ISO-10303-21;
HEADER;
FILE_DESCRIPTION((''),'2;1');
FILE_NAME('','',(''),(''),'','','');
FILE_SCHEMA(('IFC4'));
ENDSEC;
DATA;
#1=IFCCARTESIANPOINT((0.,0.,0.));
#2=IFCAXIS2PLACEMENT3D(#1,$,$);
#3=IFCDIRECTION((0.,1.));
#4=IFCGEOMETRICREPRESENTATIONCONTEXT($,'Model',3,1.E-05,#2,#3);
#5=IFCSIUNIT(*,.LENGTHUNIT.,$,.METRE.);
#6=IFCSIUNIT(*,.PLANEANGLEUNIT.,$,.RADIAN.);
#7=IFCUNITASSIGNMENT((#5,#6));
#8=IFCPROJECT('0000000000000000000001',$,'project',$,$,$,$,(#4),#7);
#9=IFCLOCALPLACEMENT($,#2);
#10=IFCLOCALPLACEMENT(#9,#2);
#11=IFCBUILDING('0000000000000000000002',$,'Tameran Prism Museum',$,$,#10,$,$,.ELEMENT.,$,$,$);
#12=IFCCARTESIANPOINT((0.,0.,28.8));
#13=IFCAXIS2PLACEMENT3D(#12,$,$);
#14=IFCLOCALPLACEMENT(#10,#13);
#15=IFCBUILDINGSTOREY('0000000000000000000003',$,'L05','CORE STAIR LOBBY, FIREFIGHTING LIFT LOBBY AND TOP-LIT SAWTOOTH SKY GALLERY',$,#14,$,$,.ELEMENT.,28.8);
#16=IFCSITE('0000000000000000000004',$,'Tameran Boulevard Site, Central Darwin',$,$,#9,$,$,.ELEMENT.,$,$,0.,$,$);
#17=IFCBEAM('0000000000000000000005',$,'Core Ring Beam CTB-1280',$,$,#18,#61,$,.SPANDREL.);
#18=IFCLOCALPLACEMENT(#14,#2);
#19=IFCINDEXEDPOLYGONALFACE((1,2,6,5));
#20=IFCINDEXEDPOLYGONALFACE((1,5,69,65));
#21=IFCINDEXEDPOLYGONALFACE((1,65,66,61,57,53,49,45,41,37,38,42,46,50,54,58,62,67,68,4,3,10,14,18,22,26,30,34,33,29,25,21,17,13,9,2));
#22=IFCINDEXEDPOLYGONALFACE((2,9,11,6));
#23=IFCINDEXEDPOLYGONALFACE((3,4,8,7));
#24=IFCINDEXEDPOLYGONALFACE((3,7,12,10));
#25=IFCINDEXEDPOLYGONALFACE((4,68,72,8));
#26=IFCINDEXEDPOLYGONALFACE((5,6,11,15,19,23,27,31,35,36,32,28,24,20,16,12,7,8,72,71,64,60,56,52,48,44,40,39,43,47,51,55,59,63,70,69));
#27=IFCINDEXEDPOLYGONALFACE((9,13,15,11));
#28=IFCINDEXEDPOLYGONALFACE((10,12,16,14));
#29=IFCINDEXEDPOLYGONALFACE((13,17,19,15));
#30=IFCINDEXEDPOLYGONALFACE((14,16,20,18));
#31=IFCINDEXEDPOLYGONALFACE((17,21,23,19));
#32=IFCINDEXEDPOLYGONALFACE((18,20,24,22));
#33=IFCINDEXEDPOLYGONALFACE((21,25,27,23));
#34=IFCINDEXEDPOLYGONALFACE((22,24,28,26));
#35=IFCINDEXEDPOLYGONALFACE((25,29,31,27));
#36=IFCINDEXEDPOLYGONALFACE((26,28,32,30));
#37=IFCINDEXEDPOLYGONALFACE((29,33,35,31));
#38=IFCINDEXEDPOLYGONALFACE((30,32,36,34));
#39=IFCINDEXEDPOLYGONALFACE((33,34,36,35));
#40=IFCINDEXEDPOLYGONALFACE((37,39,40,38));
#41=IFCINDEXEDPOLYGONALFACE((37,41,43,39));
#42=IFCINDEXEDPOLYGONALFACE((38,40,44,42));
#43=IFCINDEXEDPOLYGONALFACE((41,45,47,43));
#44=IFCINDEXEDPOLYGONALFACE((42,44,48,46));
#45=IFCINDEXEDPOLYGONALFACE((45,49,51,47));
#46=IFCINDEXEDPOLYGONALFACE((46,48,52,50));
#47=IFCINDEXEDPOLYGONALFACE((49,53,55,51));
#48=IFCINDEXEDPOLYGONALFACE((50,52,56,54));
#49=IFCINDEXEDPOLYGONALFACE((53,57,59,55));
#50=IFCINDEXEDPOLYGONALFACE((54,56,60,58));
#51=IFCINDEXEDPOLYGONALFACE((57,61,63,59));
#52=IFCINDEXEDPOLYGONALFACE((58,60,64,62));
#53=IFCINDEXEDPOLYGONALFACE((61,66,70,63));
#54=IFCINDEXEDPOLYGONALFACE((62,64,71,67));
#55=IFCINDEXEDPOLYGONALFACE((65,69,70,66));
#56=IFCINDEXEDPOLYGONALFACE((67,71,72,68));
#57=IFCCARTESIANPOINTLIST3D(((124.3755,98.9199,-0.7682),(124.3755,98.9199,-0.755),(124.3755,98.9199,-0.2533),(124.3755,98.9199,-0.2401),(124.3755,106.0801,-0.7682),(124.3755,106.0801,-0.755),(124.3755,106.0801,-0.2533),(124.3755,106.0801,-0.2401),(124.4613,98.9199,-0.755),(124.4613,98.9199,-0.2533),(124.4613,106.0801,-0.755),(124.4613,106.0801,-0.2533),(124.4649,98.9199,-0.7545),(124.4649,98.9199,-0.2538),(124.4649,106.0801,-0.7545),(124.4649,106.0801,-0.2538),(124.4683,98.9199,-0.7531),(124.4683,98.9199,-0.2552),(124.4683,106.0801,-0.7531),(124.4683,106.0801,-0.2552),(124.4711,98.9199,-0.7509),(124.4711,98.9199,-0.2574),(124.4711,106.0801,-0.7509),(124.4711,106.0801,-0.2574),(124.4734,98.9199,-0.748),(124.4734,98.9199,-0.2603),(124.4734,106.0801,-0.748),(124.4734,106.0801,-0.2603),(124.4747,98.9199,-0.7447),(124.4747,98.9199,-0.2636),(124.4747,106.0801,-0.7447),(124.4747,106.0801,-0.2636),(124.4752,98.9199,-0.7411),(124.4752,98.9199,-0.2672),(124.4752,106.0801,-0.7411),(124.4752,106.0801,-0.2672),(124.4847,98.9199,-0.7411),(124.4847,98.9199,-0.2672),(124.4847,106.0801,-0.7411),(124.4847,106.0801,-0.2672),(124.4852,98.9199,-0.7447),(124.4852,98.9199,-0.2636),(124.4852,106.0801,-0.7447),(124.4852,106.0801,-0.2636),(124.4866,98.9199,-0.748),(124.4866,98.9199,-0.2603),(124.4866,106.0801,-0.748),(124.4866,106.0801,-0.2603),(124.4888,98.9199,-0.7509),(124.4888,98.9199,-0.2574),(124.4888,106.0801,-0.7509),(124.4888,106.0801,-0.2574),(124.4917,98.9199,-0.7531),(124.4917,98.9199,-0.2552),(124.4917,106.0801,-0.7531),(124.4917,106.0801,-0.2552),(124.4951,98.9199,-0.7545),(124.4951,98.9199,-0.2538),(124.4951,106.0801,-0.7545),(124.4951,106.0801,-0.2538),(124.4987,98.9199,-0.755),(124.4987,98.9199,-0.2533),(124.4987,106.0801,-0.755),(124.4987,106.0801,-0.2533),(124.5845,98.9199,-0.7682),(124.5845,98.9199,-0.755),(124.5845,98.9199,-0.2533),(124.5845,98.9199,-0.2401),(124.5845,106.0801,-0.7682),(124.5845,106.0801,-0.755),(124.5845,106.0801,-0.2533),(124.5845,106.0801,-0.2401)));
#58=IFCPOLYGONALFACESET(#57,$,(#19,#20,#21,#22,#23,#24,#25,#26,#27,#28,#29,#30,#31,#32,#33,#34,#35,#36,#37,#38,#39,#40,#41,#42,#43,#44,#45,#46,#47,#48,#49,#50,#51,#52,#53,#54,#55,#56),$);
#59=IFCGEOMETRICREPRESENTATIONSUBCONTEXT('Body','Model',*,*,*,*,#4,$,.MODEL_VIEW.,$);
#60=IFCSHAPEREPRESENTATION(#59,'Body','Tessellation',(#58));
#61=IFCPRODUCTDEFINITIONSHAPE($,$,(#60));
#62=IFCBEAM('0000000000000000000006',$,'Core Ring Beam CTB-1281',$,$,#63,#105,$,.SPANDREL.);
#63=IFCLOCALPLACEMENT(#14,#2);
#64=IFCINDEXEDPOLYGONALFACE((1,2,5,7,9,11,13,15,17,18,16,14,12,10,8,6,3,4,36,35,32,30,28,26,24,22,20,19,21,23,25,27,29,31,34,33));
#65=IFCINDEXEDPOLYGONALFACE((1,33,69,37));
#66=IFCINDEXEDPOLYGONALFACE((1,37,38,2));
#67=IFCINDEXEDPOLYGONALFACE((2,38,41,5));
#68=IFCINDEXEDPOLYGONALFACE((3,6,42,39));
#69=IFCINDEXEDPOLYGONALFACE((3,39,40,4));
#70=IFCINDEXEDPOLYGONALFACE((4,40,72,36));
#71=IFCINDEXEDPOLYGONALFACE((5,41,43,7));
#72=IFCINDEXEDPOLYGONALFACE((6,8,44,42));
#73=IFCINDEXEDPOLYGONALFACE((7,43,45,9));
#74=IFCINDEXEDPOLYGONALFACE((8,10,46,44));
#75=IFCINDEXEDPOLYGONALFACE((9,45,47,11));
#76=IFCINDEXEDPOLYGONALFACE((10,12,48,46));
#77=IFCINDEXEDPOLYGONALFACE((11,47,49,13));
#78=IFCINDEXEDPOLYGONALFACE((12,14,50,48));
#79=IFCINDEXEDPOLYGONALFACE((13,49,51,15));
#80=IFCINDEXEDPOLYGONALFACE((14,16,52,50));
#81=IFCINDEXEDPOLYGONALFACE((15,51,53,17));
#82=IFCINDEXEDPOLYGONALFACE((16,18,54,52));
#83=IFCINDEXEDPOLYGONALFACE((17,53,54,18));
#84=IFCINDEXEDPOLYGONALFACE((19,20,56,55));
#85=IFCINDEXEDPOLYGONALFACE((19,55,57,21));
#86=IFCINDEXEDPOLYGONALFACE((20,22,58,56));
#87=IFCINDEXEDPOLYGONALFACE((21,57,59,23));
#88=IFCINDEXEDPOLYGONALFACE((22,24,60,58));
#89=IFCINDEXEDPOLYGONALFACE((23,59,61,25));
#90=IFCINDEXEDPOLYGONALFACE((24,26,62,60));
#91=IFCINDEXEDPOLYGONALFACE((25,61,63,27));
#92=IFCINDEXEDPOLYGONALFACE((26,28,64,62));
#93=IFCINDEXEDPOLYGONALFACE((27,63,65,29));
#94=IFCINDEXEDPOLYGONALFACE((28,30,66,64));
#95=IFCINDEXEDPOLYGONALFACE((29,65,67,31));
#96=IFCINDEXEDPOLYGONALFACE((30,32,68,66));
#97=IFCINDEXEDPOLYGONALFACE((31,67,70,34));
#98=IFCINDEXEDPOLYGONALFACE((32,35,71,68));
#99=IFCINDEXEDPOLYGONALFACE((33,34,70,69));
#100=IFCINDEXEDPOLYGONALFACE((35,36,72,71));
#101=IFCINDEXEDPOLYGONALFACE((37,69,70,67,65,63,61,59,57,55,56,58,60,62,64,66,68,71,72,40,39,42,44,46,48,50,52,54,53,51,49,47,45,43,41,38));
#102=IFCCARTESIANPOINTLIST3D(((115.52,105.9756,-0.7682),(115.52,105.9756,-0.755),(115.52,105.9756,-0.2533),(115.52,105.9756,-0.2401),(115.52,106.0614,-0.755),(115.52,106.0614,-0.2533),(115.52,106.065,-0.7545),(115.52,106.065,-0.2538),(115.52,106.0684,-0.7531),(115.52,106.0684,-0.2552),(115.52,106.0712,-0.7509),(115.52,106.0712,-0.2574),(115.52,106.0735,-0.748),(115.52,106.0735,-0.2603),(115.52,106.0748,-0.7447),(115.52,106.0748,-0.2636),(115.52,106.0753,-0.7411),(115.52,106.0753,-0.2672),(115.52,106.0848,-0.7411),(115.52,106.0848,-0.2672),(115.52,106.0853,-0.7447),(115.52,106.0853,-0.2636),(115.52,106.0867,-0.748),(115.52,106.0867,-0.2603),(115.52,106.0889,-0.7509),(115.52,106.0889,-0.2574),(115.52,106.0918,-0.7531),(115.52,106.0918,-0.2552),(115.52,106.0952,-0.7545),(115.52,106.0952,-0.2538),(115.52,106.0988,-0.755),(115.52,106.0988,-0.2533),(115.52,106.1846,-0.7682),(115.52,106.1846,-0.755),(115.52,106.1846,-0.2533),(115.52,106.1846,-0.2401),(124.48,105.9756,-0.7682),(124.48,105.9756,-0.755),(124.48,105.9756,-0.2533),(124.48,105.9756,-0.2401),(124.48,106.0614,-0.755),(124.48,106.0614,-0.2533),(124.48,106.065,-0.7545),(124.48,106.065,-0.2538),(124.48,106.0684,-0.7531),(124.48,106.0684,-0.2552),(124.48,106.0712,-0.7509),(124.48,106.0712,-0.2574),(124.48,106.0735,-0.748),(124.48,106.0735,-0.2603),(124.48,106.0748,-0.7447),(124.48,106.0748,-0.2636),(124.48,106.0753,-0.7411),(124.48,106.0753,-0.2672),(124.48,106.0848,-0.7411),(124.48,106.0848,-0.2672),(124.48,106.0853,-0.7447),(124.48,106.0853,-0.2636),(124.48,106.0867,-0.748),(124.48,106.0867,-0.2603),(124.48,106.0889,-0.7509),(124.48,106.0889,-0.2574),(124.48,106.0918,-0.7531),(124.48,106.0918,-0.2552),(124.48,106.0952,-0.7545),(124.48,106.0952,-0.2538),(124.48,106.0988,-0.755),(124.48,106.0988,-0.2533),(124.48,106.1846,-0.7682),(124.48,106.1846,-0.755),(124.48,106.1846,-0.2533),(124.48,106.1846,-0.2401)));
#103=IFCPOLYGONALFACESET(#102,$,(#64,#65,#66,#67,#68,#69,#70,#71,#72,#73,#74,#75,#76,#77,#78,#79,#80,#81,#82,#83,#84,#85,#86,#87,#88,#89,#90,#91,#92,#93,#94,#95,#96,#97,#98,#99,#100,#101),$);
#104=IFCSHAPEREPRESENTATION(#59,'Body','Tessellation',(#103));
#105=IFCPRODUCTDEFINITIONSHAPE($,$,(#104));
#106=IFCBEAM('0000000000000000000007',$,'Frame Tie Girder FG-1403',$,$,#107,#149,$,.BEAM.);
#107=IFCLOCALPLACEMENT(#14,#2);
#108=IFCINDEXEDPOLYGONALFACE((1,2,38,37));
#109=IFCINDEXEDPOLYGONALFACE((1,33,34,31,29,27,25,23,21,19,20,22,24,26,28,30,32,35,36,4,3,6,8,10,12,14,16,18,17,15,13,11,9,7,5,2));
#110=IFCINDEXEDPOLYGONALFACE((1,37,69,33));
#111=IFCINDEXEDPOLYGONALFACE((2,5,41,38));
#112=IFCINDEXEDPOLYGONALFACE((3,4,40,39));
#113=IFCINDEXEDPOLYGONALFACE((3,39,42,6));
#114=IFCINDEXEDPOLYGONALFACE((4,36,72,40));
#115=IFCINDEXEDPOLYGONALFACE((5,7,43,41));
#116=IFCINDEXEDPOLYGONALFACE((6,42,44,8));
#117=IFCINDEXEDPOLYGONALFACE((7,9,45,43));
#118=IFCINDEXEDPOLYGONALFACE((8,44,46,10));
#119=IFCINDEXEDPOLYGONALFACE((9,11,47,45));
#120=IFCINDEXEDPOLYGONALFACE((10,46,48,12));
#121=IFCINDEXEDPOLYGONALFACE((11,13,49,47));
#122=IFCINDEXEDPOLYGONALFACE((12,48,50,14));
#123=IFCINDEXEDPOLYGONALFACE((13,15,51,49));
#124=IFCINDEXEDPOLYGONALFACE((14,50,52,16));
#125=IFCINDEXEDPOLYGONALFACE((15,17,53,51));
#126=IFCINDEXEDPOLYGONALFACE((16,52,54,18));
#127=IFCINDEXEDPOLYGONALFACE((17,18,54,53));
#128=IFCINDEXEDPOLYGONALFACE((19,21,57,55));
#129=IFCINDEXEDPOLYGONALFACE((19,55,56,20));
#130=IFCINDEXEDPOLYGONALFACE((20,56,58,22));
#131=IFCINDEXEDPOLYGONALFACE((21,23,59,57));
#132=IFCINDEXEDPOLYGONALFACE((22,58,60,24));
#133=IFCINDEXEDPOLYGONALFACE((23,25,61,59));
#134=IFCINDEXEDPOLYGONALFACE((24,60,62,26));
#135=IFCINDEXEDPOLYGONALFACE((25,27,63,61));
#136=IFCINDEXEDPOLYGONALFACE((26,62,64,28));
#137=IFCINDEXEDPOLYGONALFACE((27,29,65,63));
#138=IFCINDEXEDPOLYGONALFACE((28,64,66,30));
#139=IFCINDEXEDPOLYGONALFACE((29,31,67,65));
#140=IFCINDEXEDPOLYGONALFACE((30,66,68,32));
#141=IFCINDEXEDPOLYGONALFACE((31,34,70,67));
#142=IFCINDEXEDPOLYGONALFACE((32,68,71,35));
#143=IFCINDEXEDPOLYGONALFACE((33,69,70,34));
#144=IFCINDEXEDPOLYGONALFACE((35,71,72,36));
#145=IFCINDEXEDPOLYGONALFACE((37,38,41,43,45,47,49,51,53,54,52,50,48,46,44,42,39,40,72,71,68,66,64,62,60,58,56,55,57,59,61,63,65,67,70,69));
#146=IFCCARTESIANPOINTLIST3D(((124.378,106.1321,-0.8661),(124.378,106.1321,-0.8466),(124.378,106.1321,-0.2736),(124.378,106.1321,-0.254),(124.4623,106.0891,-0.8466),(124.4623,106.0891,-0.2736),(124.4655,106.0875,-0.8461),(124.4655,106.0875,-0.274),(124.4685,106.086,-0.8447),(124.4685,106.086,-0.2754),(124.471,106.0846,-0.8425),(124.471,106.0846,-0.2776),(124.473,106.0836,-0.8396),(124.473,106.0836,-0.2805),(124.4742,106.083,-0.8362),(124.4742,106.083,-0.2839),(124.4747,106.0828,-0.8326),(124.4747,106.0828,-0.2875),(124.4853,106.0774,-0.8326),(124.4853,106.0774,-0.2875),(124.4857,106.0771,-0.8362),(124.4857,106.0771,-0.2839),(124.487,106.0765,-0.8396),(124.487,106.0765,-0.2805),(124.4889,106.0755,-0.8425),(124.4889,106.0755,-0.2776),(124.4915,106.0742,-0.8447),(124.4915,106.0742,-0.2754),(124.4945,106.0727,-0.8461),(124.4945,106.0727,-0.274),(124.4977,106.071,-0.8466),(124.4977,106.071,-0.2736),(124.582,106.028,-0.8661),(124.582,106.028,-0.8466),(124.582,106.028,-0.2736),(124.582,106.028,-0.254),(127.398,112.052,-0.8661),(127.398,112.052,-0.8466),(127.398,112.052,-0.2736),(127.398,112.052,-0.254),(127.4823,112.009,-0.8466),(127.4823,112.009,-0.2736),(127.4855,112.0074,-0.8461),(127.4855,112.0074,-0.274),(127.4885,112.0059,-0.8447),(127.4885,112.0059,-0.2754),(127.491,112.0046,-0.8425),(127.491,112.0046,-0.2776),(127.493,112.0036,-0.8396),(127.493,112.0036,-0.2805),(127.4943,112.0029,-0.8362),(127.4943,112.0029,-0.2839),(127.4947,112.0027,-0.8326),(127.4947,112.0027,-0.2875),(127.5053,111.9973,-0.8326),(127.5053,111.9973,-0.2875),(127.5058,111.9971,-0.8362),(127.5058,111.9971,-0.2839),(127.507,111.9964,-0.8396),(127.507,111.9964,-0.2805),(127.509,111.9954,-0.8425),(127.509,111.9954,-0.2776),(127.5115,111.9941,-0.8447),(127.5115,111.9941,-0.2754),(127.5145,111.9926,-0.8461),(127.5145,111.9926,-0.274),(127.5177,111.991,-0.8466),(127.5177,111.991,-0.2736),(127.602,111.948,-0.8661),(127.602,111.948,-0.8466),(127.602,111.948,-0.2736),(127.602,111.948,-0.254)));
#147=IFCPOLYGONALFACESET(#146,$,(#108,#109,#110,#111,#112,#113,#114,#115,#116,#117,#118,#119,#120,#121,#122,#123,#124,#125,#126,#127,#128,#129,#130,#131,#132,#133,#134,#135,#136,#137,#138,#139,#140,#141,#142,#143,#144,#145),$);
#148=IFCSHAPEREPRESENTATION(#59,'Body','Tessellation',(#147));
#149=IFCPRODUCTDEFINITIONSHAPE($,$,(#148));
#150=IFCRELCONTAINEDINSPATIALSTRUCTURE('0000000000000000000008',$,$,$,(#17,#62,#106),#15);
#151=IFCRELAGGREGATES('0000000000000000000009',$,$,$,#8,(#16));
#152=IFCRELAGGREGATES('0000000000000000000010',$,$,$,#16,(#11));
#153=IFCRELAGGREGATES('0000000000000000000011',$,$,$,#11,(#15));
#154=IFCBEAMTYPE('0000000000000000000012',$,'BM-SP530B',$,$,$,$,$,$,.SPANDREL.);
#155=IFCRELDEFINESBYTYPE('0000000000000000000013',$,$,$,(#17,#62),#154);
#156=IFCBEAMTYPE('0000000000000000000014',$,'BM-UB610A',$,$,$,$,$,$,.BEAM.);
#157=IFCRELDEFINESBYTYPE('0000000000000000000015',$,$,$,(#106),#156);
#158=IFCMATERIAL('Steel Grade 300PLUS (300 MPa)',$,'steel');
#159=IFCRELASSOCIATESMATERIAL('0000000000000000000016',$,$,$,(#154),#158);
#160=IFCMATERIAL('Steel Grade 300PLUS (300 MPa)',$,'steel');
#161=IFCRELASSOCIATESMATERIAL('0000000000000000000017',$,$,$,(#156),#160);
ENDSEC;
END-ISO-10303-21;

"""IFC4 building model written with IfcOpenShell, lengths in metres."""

from ifc_helpers import new_model, si_unit, direction, frame, origin, origin_2d, place, context, subcontext, project, spatial, i_section, extrude, material, material_profile, profile_set, type_object, element, save


model = new_model("IFC4")

# Units and contexts
model_context = context("Model", 3, precision=1e-05, world=origin(), true_north=direction((0.0, 1.0)))
body_context = subcontext(model_context, "Body", "Model", "MODEL_VIEW")
ifc_project = project(units=[si_unit("LENGTHUNIT", "METRE"), si_unit("PLANEANGLEUNIT", "RADIAN")], contexts=[model_context])

# Site, building, storey
site_placement = place(None, origin())
site = spatial("IfcSite", under=ifc_project, at=site_placement, Name="Tameran Boulevard Site, Central Darwin", CompositionType="ELEMENT", RefElevation=0.0)
building_placement = place(site_placement, origin())
building = spatial("IfcBuilding", under=site, at=building_placement, Name="Tameran Prism Museum", CompositionType="ELEMENT")
storey_placement = place(building_placement, frame((0.0, 0.0, 28.8)))
storey = spatial("IfcBuildingStorey", under=building, at=storey_placement, Name="L05", Description="CORE STAIR LOBBY, FIREFIGHTING LIFT LOBBY AND TOP-LIT SAWTOOTH SKY GALLERY", CompositionType="ELEMENT", Elevation=28.8)

# Beams
ifc_material_1 = material(Name="Steel Grade 300PLUS (300 MPa)", Category="steel")
ifc_material_profile_1 = material_profile(ifc_material_1, i_section(OverallWidth=0.209, OverallDepth=0.5281, WebThickness=0.0095, FlangeThickness=0.0132, FilletRadius=0.0139, at=origin_2d()))
ifc_profile_set_1 = profile_set([ifc_material_profile_1])
beam_type_1 = type_object("IfcBeamType", Name="BM-SP530B", PredefinedType="SPANDREL", material=ifc_profile_set_1)
beam_1_placement = place(storey_placement, frame((124.48, 98.9199, -0.5042), z_axis=(0.0, 1.0, 0.0), x_axis=(-1.0, 0.0, 0.0)))
element("IfcBeam", 1, at=beam_1_placement, inside=storey, type_object=beam_type_1, Name="Core Ring Beam CTB-1280", PredefinedType="SPANDREL", context=body_context, shape_type="SweptSolid", body=[
    extrude(i_section(OverallWidth=0.209, OverallDepth=0.5281, WebThickness=0.0095, FlangeThickness=0.0132, FilletRadius=0.0139, at=origin_2d()), origin(), (0.0, 0.0, 1.0), 7.1602),
])
beam_2_placement = place(storey_placement, frame((124.48, 106.0801, -0.5042), z_axis=(-1.0, 0.0, 0.0), x_axis=(0.0, -1.0, 0.0)))
element("IfcBeam", 2, at=beam_2_placement, inside=storey, type_object=beam_type_1, Name="Core Ring Beam CTB-1281", PredefinedType="SPANDREL", context=body_context, shape_type="SweptSolid", body=[
    extrude(i_section(OverallWidth=0.209, OverallDepth=0.5281, WebThickness=0.0095, FlangeThickness=0.0132, FilletRadius=0.0139, at=origin_2d()), origin(), (0.0, 0.0, 1.0), 8.96),
])
ifc_material_2 = material(Name="Steel Grade 300PLUS (300 MPa)", Category="steel")
ifc_material_profile_2 = material_profile(ifc_material_2, i_section(OverallWidth=0.229, OverallDepth=0.6121, WebThickness=0.012, FlangeThickness=0.0195, FilletRadius=0.0139, at=origin_2d()))
ifc_profile_set_2 = profile_set([ifc_material_profile_2])
beam_type_2 = type_object("IfcBeamType", Name="BM-UB610A", PredefinedType="BEAM", material=ifc_profile_set_2)
beam_3_placement = place(storey_placement, frame((124.48, 106.0801, -0.5601), z_axis=(0.454429, 0.890783, 0.0), x_axis=(-0.890783, 0.454429, 0.0)))
element("IfcBeam", 3, at=beam_3_placement, inside=storey, type_object=beam_type_2, Name="Frame Tie Girder FG-1403", PredefinedType="BEAM", context=body_context, shape_type="SweptSolid", body=[
    extrude(i_section(OverallWidth=0.229, OverallDepth=0.6121, WebThickness=0.012, FlangeThickness=0.0195, FilletRadius=0.0139, at=origin_2d()), origin(), (0.0, 0.0, 1.0), 6.6458),
])

save(model, "model.ifc")
